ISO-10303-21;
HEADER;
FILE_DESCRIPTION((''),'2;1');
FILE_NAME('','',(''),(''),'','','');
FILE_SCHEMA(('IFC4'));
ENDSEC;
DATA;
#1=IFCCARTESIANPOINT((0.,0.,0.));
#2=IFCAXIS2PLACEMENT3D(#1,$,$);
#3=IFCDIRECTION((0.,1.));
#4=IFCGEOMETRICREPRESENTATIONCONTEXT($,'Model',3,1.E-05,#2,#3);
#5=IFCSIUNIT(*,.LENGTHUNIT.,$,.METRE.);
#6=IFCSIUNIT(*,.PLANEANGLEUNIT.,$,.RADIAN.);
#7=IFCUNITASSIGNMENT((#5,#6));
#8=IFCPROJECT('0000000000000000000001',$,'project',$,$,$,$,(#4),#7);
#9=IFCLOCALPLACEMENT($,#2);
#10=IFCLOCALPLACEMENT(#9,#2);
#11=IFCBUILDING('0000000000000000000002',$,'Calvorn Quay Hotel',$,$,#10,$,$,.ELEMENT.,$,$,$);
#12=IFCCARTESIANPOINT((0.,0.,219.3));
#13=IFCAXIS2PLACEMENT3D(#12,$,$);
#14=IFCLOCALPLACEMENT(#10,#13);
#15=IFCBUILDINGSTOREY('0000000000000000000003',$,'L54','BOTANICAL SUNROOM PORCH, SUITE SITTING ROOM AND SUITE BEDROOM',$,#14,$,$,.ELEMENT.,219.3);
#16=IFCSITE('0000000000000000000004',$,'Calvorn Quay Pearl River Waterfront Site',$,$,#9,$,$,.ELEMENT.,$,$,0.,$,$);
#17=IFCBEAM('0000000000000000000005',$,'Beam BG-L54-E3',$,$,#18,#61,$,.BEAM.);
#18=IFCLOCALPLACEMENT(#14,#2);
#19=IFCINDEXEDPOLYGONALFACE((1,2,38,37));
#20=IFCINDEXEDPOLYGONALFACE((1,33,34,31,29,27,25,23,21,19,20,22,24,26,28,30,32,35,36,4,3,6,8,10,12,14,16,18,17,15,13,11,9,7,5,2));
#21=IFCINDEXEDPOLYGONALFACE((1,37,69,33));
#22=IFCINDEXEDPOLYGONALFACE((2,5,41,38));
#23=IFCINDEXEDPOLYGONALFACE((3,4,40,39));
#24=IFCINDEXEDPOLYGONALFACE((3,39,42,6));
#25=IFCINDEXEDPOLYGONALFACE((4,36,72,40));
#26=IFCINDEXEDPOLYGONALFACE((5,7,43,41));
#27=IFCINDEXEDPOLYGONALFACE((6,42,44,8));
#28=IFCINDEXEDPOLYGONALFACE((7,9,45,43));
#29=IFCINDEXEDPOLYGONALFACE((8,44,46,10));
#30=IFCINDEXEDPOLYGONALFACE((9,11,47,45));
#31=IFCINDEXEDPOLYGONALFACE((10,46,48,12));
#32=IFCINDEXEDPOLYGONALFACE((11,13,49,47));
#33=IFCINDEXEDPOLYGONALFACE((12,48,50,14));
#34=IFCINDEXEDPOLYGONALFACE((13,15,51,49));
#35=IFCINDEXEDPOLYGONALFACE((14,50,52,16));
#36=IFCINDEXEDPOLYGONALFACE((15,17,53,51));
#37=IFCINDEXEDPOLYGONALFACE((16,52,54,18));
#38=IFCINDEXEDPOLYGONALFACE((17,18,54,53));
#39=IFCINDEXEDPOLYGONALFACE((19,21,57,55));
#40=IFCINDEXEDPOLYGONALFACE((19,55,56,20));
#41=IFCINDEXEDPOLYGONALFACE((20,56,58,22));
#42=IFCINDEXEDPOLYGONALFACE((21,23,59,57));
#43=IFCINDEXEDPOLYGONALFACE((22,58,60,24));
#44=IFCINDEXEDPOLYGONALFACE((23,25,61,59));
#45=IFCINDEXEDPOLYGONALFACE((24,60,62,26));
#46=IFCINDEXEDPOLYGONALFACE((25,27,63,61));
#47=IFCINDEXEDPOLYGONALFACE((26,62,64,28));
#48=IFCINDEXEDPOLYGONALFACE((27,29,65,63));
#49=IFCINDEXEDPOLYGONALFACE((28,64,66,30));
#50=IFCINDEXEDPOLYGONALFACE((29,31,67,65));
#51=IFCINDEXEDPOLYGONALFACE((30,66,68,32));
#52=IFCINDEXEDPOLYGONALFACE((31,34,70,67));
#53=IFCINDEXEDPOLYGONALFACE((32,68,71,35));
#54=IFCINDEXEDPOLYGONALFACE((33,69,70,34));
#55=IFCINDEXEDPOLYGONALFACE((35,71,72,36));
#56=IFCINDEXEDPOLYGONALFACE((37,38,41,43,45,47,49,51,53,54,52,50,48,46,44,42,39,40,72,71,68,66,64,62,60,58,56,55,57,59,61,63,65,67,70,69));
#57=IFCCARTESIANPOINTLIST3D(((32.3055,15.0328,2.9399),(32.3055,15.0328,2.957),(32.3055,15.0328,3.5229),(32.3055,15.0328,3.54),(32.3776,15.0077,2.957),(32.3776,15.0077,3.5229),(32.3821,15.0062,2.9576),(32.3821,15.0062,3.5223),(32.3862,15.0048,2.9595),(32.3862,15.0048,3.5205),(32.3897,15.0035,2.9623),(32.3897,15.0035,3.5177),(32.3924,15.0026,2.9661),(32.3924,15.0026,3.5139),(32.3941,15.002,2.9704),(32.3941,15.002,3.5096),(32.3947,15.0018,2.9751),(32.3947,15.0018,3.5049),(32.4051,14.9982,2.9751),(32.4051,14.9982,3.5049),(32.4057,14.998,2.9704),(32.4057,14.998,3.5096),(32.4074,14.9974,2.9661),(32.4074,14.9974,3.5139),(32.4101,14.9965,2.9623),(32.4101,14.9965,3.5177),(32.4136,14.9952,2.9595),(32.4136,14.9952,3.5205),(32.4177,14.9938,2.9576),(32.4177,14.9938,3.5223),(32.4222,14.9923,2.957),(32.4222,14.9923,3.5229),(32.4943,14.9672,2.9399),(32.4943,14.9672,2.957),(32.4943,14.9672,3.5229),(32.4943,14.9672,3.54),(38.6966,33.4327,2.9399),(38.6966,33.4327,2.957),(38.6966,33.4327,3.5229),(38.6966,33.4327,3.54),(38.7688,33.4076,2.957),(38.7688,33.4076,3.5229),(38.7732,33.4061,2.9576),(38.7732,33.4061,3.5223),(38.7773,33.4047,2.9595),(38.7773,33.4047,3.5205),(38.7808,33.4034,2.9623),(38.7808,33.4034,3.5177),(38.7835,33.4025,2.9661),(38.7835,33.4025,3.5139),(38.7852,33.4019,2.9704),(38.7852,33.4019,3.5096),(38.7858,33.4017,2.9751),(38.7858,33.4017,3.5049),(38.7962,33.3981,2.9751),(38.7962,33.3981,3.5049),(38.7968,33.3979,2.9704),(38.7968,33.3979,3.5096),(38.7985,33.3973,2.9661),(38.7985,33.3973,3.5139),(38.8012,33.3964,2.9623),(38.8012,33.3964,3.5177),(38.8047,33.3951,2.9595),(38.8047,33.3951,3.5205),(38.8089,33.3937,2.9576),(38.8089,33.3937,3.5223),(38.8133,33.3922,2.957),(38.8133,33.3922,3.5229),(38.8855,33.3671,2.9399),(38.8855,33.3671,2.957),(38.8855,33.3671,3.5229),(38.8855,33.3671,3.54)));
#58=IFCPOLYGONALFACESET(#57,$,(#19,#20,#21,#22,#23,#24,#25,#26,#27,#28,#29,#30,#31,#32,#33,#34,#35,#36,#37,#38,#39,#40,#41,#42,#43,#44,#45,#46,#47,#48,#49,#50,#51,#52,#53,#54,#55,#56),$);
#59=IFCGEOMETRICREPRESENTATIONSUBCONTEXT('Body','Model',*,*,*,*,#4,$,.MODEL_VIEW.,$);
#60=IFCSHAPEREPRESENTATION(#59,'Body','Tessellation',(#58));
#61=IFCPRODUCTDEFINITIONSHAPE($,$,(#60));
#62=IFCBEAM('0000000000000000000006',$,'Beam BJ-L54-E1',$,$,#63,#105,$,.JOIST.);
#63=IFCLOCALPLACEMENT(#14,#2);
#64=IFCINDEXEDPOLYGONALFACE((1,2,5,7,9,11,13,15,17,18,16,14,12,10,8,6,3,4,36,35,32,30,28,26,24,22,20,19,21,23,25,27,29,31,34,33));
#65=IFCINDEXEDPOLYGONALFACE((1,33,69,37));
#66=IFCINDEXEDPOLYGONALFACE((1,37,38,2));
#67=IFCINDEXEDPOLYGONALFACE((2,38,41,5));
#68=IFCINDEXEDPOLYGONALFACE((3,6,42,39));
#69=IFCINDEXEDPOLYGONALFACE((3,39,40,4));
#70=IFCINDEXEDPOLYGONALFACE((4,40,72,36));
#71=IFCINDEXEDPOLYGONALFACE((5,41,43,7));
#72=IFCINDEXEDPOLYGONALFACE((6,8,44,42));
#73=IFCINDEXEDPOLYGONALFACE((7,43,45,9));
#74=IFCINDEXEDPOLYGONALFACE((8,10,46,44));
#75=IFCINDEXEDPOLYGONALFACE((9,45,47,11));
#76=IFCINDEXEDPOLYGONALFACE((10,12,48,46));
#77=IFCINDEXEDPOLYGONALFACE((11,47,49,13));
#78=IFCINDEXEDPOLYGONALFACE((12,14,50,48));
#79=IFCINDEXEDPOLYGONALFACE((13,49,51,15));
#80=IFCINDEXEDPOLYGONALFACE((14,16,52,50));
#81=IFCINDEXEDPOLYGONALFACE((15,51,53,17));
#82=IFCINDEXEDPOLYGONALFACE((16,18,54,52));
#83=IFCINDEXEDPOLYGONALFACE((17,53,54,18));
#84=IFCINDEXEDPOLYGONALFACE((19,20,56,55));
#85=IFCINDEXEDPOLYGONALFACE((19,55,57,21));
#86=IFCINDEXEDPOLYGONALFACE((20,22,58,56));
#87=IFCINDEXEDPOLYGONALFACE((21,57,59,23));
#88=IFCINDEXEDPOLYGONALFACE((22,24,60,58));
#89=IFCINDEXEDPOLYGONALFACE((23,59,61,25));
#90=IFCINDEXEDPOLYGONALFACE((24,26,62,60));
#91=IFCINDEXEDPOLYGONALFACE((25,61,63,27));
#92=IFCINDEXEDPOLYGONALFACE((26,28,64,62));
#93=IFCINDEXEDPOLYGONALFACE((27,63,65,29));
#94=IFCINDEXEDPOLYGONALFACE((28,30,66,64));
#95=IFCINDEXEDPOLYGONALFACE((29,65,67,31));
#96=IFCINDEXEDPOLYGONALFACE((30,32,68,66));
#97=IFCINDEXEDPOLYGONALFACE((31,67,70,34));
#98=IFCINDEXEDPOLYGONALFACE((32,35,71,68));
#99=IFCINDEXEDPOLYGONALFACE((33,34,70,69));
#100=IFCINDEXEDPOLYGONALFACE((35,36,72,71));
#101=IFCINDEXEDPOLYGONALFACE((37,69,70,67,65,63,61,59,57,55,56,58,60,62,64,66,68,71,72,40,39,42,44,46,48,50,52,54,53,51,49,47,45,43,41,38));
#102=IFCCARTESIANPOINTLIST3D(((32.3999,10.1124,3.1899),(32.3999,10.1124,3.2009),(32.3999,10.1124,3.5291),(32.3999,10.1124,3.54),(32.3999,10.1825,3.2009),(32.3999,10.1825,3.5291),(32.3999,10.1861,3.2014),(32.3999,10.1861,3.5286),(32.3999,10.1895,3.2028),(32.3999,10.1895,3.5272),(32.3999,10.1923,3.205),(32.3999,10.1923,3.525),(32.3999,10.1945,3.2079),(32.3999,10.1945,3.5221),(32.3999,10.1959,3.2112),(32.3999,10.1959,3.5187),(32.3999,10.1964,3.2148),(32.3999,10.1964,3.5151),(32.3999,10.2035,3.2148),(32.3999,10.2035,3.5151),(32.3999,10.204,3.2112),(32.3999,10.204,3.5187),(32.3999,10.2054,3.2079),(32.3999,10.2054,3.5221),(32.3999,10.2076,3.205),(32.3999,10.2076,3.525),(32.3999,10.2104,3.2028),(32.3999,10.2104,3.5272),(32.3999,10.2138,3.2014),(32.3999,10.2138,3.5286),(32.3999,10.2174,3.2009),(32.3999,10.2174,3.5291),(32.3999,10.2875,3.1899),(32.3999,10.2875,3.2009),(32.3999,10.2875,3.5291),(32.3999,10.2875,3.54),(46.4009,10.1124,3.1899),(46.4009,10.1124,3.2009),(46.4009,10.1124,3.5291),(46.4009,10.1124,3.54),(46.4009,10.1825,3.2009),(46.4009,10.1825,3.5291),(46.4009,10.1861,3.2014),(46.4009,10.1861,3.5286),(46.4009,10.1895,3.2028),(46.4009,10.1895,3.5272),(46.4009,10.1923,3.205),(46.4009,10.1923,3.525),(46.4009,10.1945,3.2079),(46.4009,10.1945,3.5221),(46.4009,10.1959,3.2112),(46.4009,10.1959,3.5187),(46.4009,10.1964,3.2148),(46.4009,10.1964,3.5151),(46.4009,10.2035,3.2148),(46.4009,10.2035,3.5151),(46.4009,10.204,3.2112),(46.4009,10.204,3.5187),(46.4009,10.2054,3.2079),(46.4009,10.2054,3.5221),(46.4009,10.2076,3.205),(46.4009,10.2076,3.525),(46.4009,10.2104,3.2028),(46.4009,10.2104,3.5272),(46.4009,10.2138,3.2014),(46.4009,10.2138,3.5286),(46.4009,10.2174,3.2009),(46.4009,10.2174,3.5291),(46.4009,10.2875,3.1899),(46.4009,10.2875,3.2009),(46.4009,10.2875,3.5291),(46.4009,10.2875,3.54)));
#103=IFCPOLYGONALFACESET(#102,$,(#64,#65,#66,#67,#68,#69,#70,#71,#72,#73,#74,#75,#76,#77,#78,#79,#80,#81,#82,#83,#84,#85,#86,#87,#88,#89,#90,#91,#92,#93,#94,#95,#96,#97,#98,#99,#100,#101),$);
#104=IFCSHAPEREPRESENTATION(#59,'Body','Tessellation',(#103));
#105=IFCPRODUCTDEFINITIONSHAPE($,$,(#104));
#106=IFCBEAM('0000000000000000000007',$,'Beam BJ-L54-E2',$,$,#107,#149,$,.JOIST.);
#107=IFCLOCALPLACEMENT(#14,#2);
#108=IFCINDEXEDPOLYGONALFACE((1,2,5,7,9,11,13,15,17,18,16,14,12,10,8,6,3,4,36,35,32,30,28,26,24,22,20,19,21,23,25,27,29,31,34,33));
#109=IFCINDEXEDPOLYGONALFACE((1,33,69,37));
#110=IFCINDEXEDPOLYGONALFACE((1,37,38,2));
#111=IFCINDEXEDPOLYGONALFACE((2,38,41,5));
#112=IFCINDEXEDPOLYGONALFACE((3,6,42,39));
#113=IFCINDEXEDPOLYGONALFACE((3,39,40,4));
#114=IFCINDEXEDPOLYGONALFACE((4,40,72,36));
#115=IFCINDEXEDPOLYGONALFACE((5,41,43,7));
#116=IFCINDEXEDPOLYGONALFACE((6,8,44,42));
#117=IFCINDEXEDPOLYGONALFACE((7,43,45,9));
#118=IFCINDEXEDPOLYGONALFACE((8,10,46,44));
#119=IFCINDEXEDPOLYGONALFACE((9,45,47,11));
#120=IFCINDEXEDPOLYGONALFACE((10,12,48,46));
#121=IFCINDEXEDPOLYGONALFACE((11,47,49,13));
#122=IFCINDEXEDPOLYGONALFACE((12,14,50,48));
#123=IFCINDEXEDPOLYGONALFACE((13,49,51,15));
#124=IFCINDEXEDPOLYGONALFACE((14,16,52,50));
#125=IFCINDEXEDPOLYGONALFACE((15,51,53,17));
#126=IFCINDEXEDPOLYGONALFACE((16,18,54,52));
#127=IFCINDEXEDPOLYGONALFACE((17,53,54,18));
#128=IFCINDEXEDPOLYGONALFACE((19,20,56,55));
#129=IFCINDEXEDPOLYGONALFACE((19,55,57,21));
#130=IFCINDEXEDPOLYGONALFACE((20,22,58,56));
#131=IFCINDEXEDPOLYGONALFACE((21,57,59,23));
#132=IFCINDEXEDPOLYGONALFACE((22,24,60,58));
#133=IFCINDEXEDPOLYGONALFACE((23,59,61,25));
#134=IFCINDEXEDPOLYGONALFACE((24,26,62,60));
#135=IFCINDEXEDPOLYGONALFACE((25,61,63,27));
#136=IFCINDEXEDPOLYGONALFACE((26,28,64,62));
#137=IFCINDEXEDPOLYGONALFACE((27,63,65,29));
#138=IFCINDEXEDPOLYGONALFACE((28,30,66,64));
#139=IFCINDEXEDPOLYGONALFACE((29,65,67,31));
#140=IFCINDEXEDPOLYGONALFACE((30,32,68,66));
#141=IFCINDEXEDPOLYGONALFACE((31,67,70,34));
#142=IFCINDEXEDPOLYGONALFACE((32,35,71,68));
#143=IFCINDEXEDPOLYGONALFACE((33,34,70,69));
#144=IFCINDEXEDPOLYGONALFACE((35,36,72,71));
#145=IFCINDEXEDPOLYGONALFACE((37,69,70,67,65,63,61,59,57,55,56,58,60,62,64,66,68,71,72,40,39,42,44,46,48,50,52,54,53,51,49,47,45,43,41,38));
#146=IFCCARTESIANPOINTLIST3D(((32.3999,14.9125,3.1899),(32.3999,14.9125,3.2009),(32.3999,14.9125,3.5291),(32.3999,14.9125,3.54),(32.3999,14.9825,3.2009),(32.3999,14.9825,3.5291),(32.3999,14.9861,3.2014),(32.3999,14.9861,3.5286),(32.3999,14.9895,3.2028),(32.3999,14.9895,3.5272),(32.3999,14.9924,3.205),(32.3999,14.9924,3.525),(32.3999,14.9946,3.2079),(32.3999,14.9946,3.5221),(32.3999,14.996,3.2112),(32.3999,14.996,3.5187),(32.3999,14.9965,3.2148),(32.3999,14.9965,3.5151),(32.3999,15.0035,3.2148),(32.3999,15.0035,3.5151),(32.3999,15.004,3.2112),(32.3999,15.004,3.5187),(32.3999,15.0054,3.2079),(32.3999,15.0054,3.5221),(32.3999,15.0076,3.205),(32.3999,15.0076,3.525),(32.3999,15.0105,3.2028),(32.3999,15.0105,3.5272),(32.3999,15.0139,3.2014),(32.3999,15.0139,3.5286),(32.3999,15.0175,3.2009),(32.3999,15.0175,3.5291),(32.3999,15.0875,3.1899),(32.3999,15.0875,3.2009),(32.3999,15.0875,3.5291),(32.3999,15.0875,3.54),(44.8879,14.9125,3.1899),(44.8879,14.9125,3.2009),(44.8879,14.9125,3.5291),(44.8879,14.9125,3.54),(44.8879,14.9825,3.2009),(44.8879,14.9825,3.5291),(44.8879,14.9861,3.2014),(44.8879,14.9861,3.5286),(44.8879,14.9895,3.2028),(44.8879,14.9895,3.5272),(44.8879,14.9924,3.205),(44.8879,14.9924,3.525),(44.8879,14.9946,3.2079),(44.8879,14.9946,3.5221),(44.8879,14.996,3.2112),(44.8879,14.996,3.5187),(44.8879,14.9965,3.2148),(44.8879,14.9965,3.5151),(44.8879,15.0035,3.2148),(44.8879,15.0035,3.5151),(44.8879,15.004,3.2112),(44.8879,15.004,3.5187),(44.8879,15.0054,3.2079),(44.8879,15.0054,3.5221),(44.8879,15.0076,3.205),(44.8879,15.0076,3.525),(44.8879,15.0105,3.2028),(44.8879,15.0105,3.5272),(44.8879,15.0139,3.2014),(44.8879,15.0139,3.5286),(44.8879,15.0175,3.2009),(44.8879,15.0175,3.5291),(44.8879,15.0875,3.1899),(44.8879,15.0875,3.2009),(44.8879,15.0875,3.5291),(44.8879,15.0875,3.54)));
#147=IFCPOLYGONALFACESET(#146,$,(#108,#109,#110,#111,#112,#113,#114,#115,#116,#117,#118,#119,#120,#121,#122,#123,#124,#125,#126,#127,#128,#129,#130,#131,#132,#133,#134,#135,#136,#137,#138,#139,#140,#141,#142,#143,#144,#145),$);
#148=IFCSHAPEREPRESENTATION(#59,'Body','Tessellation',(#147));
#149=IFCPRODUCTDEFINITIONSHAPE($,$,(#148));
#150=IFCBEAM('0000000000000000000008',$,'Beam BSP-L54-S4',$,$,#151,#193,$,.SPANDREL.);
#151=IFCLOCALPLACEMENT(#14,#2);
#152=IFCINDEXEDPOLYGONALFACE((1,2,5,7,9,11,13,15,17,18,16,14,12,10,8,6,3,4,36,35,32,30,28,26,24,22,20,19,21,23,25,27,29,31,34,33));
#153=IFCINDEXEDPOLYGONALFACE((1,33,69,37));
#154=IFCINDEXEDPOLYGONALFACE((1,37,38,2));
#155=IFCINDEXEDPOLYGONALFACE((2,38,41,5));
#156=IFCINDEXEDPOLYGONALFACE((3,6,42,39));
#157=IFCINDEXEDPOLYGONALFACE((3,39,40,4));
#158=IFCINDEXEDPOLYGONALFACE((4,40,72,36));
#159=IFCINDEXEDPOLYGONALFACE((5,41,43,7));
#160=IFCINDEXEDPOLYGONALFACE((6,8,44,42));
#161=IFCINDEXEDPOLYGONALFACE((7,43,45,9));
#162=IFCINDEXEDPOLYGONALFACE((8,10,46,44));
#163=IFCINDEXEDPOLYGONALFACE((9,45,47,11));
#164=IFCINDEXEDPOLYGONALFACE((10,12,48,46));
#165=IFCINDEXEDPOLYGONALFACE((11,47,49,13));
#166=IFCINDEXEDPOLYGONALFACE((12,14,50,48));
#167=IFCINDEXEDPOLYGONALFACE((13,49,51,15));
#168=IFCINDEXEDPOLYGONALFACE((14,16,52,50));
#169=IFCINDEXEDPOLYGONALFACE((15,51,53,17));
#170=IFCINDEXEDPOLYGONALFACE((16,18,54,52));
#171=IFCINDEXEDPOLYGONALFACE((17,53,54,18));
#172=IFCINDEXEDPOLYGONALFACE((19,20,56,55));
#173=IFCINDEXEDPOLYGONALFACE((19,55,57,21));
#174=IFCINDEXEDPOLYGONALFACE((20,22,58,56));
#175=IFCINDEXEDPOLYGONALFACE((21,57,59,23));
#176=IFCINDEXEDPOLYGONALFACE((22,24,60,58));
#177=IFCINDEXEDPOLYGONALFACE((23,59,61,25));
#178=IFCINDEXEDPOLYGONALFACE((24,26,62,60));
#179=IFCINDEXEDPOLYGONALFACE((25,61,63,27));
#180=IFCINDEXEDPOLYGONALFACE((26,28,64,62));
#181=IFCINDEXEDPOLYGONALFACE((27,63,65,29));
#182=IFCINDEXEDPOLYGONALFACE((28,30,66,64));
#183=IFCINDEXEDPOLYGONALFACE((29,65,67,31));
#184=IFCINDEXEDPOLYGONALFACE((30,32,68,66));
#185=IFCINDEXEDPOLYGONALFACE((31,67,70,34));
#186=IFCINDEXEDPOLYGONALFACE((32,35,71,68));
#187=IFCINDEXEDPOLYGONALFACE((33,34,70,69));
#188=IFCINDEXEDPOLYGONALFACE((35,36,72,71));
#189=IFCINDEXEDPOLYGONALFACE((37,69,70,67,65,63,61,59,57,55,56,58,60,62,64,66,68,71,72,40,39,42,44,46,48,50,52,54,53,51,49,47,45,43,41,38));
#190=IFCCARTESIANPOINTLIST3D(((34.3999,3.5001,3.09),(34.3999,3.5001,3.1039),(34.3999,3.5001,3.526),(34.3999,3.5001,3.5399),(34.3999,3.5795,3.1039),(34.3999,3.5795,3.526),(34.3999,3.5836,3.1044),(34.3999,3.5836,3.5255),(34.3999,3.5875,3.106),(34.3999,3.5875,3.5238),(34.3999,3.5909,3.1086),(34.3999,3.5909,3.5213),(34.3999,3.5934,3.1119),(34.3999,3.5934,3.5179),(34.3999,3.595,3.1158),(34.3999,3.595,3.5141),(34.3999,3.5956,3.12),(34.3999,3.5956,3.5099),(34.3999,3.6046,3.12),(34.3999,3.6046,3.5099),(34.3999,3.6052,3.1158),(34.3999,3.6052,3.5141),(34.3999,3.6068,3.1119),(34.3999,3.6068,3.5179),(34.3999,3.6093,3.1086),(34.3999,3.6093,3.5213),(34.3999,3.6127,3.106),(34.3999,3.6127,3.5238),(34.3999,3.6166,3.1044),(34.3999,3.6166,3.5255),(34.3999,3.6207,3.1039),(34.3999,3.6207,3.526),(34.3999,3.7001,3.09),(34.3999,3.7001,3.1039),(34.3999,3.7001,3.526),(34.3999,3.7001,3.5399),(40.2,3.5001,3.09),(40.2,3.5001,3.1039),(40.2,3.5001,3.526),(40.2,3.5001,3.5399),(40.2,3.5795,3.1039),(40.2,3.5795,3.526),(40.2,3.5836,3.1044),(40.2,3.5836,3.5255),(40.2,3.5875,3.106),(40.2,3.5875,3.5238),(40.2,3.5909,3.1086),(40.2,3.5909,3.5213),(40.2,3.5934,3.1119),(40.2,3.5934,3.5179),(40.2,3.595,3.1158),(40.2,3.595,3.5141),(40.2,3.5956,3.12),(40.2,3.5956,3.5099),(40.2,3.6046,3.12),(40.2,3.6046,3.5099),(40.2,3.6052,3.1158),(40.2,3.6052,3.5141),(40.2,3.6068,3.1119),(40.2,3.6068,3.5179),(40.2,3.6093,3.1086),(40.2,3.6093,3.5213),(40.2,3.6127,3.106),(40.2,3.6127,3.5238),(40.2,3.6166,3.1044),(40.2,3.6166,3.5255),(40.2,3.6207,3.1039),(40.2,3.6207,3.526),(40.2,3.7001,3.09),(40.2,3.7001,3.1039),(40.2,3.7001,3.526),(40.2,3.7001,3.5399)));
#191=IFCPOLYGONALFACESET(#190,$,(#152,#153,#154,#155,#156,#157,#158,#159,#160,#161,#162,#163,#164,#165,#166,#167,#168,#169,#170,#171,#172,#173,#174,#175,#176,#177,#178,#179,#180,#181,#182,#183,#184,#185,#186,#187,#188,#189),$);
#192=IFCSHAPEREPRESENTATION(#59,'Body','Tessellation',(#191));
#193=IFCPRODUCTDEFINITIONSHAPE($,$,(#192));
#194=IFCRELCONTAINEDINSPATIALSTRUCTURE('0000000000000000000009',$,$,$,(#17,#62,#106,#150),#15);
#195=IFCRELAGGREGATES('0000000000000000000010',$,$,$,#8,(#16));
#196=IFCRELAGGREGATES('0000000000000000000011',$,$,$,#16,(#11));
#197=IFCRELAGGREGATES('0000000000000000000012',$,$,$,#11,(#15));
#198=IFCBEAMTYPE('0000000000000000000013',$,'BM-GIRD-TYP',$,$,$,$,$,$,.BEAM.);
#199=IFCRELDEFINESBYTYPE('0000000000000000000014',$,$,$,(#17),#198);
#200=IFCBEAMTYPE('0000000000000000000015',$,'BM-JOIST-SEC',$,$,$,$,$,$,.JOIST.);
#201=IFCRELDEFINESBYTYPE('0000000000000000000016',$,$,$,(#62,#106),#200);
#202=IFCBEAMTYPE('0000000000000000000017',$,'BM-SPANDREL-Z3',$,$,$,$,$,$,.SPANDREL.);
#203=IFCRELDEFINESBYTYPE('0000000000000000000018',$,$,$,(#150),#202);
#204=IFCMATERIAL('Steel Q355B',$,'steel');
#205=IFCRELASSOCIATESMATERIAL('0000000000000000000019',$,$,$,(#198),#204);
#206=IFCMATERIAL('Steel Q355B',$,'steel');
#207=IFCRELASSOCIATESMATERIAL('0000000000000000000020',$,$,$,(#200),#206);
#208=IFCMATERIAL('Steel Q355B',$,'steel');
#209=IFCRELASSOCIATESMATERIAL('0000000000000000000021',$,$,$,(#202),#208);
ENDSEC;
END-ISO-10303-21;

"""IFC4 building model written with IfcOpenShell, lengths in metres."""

from ifc_helpers import new_model, si_unit, direction, frame, origin, origin_2d, place, context, subcontext, project, spatial, i_section, extrude, material, material_profile, profile_set, type_object, element, save


model = new_model("IFC4")

# Units and contexts
model_context = context("Model", 3, precision=1e-05, world=origin(), true_north=direction((0.0, 1.0)))
body_context = subcontext(model_context, "Body", "Model", "MODEL_VIEW")
ifc_project = project(units=[si_unit("LENGTHUNIT", "METRE"), si_unit("PLANEANGLEUNIT", "RADIAN")], contexts=[model_context])

# Site, building, storey
site_placement = place(None, origin())
site = spatial("IfcSite", under=ifc_project, at=site_placement, Name="Calvorn Quay Pearl River Waterfront Site", CompositionType="ELEMENT", RefElevation=0.0)
building_placement = place(site_placement, origin())
building = spatial("IfcBuilding", under=site, at=building_placement, Name="Calvorn Quay Hotel", CompositionType="ELEMENT")
storey_placement = place(building_placement, frame((0.0, 0.0, 219.3)))
storey = spatial("IfcBuildingStorey", under=building, at=storey_placement, Name="L54", Description="BOTANICAL SUNROOM PORCH, SUITE SITTING ROOM AND SUITE BEDROOM", CompositionType="ELEMENT", Elevation=219.3)

# Beams
ifc_material_1 = material(Name="Steel Q355B", Category="steel")
ifc_material_profile_1 = material_profile(ifc_material_1, i_section(OverallWidth=0.2, OverallDepth=0.6001, WebThickness=0.011, FlangeThickness=0.0171, FilletRadius=0.0181, at=origin_2d()), Name="HN600x200x11x17")
ifc_profile_set_1 = profile_set([ifc_material_profile_1], Name="Steel Q355B")
beam_type_1 = type_object("IfcBeamType", Name="BM-GIRD-TYP", PredefinedType="BEAM", material=ifc_profile_set_1)
beam_1_placement = place(storey_placement, frame((32.3999, 15.0, 3.24), z_axis=(0.328115, 0.944638, 0.0), x_axis=(-0.944638, 0.328115, 0.0)))
element("IfcBeam", 1, at=beam_1_placement, inside=storey, type_object=beam_type_1, Name="Beam BG-L54-E3", PredefinedType="BEAM", context=body_context, shape_type="SweptSolid", body=[
    extrude(i_section(OverallWidth=0.2, OverallDepth=0.6001, WebThickness=0.011, FlangeThickness=0.0171, FilletRadius=0.0181, at=origin_2d()), origin(), (0.0, 0.0, 1.0), 19.4783),
])
ifc_material_2 = material(Name="Steel Q355B", Category="steel")
ifc_material_profile_2 = material_profile(ifc_material_2, i_section(OverallWidth=0.175, OverallDepth=0.3501, WebThickness=0.0071, FlangeThickness=0.011, FilletRadius=0.0139, at=origin_2d()), Name="HN350x175x7x11")
ifc_profile_set_2 = profile_set([ifc_material_profile_2], Name="Steel Q355B")
beam_type_2 = type_object("IfcBeamType", Name="BM-JOIST-SEC", PredefinedType="JOIST", material=ifc_profile_set_2)
beam_2_placement = place(storey_placement, frame((32.3999, 10.2, 3.365), z_axis=(1.0, 0.0, 0.0), x_axis=(0.0, 1.0, 0.0)))
element("IfcBeam", 2, at=beam_2_placement, inside=storey, type_object=beam_type_2, Name="Beam BJ-L54-E1", PredefinedType="JOIST", context=body_context, shape_type="SweptSolid", body=[
    extrude(i_section(OverallWidth=0.175, OverallDepth=0.3501, WebThickness=0.0071, FlangeThickness=0.011, FilletRadius=0.0139, at=origin_2d()), origin(), (0.0, 0.0, 1.0), 14.001),
])
beam_3_placement = place(storey_placement, frame((32.3999, 15.0, 3.365), z_axis=(1.0, 0.0, 0.0), x_axis=(0.0, 1.0, 0.0)))
element("IfcBeam", 3, at=beam_3_placement, inside=storey, type_object=beam_type_2, Name="Beam BJ-L54-E2", PredefinedType="JOIST", context=body_context, shape_type="SweptSolid", body=[
    extrude(i_section(OverallWidth=0.175, OverallDepth=0.3501, WebThickness=0.0071, FlangeThickness=0.011, FilletRadius=0.0139, at=origin_2d()), origin(), (0.0, 0.0, 1.0), 12.488),
])
ifc_material_3 = material(Name="Steel Q355B", Category="steel")
ifc_material_profile_3 = material_profile(ifc_material_3, i_section(OverallWidth=0.2, OverallDepth=0.45, WebThickness=0.009, FlangeThickness=0.0139, FilletRadius=0.0161, at=origin_2d()), Name="HN450x200x9x14")
ifc_profile_set_3 = profile_set([ifc_material_profile_3], Name="Steel Q355B")
beam_type_3 = type_object("IfcBeamType", Name="BM-SPANDREL-Z3", PredefinedType="SPANDREL", material=ifc_profile_set_3)
beam_4_placement = place(storey_placement, frame((34.3999, 3.6001, 3.3149), z_axis=(1.0, 0.0, 0.0), x_axis=(0.0, 1.0, 0.0)))
element("IfcBeam", 4, at=beam_4_placement, inside=storey, type_object=beam_type_3, Name="Beam BSP-L54-S4", PredefinedType="SPANDREL", context=body_context, shape_type="SweptSolid", body=[
    extrude(i_section(OverallWidth=0.2, OverallDepth=0.45, WebThickness=0.009, FlangeThickness=0.0139, FilletRadius=0.0161, at=origin_2d()), origin(), (0.0, 0.0, 1.0), 5.8),
])

save(model, "model.ifc")
